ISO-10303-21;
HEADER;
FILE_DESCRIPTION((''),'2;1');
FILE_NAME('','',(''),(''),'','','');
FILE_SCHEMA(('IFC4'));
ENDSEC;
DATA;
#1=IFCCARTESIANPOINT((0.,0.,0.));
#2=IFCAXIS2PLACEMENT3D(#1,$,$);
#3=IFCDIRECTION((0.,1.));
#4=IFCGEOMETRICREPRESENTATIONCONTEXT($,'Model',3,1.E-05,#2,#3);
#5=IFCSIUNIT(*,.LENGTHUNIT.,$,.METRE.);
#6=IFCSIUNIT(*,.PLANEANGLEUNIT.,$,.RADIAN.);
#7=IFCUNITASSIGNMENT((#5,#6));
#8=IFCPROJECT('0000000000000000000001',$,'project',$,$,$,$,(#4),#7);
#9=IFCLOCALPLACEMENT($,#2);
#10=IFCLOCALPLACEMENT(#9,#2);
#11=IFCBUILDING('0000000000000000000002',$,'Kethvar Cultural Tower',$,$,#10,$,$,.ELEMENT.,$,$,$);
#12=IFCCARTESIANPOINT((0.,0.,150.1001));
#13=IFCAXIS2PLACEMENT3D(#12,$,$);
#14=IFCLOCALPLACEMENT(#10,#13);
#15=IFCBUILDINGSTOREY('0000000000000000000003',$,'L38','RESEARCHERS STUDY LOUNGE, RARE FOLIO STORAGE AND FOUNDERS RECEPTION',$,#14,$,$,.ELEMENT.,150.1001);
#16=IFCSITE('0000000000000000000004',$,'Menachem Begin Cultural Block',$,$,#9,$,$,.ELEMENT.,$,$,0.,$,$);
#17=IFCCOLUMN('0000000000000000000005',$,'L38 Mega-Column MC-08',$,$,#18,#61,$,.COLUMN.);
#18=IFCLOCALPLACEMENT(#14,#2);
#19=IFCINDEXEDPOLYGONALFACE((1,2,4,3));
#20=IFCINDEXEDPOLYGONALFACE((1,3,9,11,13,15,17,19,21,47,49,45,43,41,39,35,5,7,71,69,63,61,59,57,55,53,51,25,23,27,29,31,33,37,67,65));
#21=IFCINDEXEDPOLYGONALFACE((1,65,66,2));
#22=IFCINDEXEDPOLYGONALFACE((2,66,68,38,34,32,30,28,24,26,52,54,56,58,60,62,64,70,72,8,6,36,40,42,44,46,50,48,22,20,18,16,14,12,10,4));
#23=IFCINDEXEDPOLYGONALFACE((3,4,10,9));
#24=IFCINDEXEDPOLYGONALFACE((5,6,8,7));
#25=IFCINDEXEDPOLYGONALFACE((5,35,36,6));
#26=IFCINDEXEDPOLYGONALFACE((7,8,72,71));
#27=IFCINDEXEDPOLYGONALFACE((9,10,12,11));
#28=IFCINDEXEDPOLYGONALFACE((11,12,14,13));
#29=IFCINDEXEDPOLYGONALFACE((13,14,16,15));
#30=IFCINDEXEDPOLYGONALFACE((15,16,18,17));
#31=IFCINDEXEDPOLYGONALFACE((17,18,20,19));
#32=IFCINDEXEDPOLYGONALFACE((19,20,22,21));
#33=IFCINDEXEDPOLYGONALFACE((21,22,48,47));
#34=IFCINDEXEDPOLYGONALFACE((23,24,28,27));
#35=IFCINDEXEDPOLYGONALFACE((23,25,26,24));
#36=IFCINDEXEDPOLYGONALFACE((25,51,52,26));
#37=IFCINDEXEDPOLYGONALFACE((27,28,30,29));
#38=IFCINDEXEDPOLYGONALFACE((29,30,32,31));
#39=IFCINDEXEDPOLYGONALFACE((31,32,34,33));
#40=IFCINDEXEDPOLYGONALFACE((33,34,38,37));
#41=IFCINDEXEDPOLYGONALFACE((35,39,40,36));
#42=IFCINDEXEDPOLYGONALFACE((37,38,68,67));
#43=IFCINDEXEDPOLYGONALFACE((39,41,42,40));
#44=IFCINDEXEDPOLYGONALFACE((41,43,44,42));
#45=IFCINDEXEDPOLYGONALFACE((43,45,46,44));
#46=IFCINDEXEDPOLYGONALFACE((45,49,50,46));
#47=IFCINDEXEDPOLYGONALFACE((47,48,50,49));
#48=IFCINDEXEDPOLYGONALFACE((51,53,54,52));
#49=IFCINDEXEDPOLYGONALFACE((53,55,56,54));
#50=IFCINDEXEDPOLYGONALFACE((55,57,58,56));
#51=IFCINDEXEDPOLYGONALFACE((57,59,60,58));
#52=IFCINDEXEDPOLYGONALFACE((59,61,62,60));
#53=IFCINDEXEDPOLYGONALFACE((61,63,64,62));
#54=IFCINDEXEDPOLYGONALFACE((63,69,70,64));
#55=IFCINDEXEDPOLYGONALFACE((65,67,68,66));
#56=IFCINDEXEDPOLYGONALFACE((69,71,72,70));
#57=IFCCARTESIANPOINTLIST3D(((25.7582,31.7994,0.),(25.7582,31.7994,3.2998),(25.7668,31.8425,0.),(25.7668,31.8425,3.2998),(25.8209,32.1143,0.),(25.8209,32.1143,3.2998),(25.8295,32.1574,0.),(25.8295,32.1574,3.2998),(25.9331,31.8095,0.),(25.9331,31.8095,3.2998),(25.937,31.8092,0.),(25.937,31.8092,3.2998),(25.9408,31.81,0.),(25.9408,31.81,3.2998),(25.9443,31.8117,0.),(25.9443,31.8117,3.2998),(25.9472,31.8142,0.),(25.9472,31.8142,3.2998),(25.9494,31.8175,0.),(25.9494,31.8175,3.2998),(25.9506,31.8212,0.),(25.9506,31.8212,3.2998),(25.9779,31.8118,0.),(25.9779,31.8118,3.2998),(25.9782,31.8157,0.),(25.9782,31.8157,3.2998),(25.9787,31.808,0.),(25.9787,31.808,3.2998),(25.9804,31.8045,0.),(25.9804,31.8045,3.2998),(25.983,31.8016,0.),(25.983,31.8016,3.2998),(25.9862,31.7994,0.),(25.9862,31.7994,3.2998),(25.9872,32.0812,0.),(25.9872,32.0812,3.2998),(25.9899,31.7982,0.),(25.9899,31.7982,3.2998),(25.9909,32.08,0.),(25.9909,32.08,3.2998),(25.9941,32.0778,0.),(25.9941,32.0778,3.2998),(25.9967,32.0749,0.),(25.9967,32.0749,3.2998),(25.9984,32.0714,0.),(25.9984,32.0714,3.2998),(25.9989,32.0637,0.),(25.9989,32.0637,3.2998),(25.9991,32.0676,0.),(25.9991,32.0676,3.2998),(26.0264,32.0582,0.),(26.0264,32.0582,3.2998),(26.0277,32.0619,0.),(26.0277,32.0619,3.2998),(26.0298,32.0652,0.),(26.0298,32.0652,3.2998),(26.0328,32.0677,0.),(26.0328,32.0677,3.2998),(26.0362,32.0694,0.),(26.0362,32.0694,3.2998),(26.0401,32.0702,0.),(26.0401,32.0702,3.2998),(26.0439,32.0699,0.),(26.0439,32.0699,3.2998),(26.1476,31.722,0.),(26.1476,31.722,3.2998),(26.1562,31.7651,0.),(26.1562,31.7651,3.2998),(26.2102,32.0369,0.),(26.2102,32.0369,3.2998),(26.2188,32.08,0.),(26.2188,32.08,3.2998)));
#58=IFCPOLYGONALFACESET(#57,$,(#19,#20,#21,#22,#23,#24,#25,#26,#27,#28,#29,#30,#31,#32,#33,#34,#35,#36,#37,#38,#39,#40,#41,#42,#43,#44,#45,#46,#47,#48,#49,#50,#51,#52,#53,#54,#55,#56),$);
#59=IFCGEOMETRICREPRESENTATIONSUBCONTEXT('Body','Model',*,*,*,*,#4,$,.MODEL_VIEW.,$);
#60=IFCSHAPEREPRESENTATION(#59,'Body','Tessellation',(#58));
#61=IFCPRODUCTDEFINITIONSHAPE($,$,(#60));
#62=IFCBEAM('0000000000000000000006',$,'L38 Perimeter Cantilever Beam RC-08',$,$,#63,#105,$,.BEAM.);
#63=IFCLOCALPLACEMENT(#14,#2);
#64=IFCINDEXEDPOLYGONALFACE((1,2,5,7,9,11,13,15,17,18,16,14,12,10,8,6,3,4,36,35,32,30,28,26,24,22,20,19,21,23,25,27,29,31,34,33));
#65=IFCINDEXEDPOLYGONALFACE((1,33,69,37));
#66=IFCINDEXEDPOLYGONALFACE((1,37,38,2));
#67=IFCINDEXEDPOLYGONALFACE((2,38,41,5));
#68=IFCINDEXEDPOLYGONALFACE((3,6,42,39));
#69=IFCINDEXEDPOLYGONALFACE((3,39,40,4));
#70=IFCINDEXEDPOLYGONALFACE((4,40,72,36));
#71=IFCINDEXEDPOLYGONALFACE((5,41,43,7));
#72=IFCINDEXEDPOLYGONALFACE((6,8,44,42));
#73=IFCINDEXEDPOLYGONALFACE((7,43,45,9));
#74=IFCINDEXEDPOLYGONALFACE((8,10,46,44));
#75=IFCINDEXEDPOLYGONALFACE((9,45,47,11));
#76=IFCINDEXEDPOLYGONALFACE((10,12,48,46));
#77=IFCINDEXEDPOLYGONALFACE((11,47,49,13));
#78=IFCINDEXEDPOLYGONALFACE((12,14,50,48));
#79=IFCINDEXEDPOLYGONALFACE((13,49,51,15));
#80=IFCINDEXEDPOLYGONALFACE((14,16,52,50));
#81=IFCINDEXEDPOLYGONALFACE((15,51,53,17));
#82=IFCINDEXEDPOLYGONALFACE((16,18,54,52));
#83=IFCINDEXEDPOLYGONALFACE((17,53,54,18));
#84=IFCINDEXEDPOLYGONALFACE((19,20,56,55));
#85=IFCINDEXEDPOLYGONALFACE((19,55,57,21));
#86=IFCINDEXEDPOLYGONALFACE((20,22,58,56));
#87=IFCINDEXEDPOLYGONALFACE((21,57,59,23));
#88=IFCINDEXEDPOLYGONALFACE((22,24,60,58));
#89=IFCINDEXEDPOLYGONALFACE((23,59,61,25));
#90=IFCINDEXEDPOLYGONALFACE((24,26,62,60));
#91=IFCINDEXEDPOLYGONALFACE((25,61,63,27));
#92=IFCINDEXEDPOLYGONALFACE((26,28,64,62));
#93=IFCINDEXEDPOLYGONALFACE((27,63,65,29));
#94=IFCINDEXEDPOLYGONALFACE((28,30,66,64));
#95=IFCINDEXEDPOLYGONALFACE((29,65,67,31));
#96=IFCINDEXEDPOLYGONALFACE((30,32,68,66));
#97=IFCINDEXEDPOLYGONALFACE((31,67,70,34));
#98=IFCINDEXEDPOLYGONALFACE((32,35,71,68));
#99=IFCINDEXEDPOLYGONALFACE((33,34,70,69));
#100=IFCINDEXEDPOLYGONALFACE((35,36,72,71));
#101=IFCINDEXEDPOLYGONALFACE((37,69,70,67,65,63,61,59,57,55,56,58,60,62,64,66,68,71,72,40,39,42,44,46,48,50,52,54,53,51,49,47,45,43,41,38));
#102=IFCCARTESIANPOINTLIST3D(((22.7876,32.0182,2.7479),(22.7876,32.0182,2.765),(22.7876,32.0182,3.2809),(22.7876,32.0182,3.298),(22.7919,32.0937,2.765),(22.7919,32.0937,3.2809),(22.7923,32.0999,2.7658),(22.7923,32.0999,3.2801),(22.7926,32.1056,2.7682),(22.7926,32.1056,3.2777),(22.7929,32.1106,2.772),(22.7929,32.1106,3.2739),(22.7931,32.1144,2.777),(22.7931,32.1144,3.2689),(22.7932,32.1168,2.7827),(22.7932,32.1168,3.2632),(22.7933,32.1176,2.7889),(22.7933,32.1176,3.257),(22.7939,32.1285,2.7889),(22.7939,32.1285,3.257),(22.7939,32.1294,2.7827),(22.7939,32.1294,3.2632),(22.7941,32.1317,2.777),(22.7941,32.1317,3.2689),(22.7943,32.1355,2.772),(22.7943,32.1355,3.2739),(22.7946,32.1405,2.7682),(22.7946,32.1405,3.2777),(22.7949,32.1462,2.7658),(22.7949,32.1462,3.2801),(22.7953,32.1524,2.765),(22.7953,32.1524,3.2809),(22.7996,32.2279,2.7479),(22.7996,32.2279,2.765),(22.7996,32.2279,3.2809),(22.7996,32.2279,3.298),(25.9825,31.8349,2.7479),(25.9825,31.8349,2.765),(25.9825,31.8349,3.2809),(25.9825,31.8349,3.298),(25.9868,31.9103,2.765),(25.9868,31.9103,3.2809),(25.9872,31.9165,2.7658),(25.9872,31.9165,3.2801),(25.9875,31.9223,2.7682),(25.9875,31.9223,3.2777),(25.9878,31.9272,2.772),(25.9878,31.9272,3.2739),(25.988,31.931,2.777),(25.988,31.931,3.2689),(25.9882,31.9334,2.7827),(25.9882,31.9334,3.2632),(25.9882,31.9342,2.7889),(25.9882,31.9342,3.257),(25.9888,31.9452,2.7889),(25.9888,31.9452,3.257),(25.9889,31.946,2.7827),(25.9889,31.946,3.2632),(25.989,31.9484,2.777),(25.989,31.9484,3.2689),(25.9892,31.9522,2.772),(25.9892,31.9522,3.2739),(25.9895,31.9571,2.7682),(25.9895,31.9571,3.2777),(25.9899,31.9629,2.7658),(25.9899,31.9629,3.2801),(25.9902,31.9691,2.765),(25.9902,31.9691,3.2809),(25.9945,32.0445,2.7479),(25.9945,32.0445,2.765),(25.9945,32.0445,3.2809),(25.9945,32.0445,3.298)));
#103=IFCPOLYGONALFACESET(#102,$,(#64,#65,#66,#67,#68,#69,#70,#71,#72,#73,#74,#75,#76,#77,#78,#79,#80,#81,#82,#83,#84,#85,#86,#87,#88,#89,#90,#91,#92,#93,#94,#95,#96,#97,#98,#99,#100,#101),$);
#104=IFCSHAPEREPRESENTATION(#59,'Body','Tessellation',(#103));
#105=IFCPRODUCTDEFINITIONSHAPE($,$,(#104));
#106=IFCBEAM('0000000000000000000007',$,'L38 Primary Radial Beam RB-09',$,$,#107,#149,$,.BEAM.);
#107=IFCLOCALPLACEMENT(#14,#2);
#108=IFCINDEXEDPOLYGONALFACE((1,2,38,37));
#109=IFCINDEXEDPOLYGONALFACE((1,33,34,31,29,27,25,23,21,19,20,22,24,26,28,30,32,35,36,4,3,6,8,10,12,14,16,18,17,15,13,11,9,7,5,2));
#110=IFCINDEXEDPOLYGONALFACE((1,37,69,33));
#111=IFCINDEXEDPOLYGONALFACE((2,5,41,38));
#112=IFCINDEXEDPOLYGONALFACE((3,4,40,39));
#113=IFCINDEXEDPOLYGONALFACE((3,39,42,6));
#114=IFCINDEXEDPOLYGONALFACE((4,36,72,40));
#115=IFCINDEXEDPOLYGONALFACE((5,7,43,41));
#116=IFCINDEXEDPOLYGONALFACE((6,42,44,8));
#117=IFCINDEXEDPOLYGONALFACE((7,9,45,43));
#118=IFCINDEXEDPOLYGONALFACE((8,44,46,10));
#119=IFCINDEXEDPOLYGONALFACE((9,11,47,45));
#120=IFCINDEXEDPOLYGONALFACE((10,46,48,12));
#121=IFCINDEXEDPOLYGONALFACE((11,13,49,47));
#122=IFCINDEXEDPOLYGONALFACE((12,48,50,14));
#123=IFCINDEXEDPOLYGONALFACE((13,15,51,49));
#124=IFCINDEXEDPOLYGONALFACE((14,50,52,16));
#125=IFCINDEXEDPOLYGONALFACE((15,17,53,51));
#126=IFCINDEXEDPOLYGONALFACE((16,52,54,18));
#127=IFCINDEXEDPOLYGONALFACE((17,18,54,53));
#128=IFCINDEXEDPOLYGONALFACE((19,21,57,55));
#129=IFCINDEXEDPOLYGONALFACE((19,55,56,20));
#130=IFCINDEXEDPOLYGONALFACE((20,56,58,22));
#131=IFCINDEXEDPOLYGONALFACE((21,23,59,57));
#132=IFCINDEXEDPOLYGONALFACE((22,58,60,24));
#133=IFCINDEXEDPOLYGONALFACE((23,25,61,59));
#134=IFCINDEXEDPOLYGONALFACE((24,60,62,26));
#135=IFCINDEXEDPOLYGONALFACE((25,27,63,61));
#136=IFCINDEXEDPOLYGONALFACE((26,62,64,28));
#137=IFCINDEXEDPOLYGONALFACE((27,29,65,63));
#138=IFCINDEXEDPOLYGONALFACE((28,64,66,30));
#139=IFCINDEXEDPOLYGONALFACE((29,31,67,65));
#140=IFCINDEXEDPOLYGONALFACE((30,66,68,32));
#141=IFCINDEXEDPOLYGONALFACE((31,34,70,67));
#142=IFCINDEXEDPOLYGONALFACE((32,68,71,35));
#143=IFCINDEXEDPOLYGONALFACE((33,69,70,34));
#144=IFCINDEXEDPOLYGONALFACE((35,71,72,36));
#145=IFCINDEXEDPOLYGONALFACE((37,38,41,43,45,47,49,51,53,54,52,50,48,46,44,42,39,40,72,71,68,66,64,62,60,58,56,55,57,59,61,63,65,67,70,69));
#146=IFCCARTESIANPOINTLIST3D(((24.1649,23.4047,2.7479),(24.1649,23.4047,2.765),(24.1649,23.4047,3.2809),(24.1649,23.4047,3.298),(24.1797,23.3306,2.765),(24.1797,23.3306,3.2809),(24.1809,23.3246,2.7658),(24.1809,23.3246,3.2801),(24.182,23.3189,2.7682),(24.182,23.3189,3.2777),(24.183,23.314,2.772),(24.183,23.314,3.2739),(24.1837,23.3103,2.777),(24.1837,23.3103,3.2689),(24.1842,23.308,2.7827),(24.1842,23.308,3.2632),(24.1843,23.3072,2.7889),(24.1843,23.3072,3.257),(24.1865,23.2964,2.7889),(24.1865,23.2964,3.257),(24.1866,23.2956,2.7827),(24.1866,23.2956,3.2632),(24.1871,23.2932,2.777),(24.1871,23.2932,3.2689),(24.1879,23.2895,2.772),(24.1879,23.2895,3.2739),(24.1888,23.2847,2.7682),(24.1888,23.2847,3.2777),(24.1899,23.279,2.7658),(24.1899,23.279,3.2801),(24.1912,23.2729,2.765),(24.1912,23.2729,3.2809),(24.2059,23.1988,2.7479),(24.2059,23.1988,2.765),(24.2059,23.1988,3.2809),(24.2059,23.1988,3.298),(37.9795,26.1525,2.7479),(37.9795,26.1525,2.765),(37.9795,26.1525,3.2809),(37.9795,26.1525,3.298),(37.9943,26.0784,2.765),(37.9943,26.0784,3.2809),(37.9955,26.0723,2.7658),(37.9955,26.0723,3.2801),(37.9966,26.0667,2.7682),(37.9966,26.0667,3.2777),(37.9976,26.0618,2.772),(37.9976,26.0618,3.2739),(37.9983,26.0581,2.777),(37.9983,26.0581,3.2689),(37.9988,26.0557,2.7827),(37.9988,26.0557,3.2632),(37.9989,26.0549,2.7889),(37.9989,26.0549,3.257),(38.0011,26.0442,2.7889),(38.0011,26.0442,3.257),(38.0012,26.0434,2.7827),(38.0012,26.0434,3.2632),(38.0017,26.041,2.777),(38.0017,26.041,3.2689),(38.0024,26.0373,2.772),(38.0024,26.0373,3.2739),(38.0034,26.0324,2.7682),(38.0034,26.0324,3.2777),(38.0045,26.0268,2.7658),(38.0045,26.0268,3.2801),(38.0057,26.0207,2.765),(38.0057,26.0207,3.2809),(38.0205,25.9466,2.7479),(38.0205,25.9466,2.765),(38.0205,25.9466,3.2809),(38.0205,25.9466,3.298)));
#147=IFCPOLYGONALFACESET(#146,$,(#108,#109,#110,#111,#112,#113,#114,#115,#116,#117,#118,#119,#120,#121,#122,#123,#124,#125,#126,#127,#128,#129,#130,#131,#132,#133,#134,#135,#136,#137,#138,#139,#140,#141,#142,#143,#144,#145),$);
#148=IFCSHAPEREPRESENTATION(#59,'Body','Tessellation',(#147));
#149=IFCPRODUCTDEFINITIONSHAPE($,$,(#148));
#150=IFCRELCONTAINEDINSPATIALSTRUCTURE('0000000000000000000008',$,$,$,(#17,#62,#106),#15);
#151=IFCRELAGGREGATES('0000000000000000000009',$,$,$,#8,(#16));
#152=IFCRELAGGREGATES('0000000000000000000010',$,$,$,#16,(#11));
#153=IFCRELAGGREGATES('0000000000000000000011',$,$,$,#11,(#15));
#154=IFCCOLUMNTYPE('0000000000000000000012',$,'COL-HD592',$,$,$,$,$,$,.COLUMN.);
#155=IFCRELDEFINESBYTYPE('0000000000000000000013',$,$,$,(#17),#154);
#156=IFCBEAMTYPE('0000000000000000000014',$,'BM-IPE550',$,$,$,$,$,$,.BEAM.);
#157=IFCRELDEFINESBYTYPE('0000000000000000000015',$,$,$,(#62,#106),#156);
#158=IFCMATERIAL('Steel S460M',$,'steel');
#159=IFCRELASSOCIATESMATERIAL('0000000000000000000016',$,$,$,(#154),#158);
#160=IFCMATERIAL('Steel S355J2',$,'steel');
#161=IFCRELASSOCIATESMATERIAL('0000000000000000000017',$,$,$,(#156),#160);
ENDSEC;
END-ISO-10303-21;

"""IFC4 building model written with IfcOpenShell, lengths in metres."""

from ifc_helpers import new_model, si_unit, direction, frame, origin, origin_2d, place, context, subcontext, project, spatial, i_section, extrude, source, transform, mapped, material, material_profile, profile_set, type_object, element, save


model = new_model("IFC4")

# Units and contexts
model_context = context("Model", 3, precision=1e-05, world=origin(), true_north=direction((0.0, 1.0)))
body_context = subcontext(model_context, "Body", "Model", "MODEL_VIEW")
ifc_project = project(units=[si_unit("LENGTHUNIT", "METRE"), si_unit("PLANEANGLEUNIT", "RADIAN")], contexts=[model_context])

# Site, building, storey
site_placement = place(None, origin())
site = spatial("IfcSite", under=ifc_project, at=site_placement, Name="Menachem Begin Cultural Block", CompositionType="ELEMENT", RefElevation=0.0)
building_placement = place(site_placement, origin())
building = spatial("IfcBuilding", under=site, at=building_placement, Name="Kethvar Cultural Tower", CompositionType="ELEMENT")
storey_placement = place(building_placement, frame((0.0, 0.0, 150.1001)))
storey = spatial("IfcBuildingStorey", under=building, at=storey_placement, Name="L38", Description="RESEARCHERS STUDY LOUNGE, RARE FOLIO STORAGE AND FOUNDERS RECEPTION", CompositionType="ELEMENT", Elevation=150.1001)

# Column
ifc_material_1 = material(Name="Steel S460M", Category="steel")
ifc_material_profile_1 = material_profile(ifc_material_1, i_section(OverallWidth=0.397, OverallDepth=0.365, WebThickness=0.0281, FlangeThickness=0.0439, FilletRadius=0.0149, at=origin_2d()), Name="Steel S460M — HD400x592")
ifc_profile_set_1 = profile_set([ifc_material_profile_1], Name="Steel S460M — HD400x592")
column_type = type_object("IfcColumnType", Name="COL-HD592", PredefinedType="COLUMN", material=ifc_profile_set_1)
shared_shape_1 = source(origin(), body_context, "Body", "SweptSolid", [
    extrude(i_section(OverallWidth=0.397, OverallDepth=0.365, WebThickness=0.0281, FlangeThickness=0.0439, FilletRadius=0.0149, at=origin_2d()), origin(), (0.0, 0.0, 1.0), 3.2998),
])
column_placement = place(storey_placement, frame((25.9885, 31.9397, 0.0), z_axis=(0.0, 0.0, 1.0), x_axis=(-0.980785, 0.19509, 0.0)))
element("IfcColumn", 1, at=column_placement, inside=storey, type_object=column_type, Name="L38 Mega-Column MC-08", PredefinedType="COLUMN", context=body_context, shape_type="MappedRepresentation", body=[
    mapped(shared_shape_1, transform((0.0, 0.0, 0.0), scale=1.0)),
])

# Beams
ifc_material_2 = material(Name="Steel S355J2", Category="steel")
ifc_material_profile_2 = material_profile(ifc_material_2, i_section(OverallWidth=0.21, OverallDepth=0.55, WebThickness=0.011, FlangeThickness=0.0171, FilletRadius=0.0239, at=origin_2d()), Name="Steel S355J2 — IPE550")
ifc_profile_set_2 = profile_set([ifc_material_profile_2], Name="Steel S355J2 — IPE550")
beam_type_1 = type_object("IfcBeamType", Name="BM-IPE550", PredefinedType="BEAM", material=ifc_profile_set_2)
shared_shape_2 = source(origin(), body_context, "Body", "SweptSolid", [
    extrude(i_section(OverallWidth=0.21, OverallDepth=0.55, WebThickness=0.011, FlangeThickness=0.0171, FilletRadius=0.0239, at=origin_2d()), origin(), (0.0, 0.0, 1.0), 3.2002),
])
beam_1_placement = place(storey_placement, frame((25.9885, 31.9397, 3.0229), z_axis=(-0.998357, 0.057295, 0.0), x_axis=(-0.057295, -0.998357, 0.0)))
element("IfcBeam", 2, at=beam_1_placement, inside=storey, type_object=beam_type_1, Name="L38 Perimeter Cantilever Beam RC-08", PredefinedType="BEAM", context=body_context, shape_type="MappedRepresentation", body=[
    mapped(shared_shape_2, transform((0.0, 0.0, 0.0), scale=1.0)),
])
shared_shape_3 = source(origin(), body_context, "Body", "SweptSolid", [
    extrude(i_section(OverallWidth=0.21, OverallDepth=0.55, WebThickness=0.011, FlangeThickness=0.0171, FilletRadius=0.0239, at=origin_2d()), origin(), (0.0, 0.0, 1.0), 14.0852),
])
beam_2_placement = place(storey_placement, frame((38.0, 26.0496, 3.0229), z_axis=(-0.980787, -0.195083, 0.0), x_axis=(0.195083, -0.980787, 0.0)))
element("IfcBeam", 3, at=beam_2_placement, inside=storey, type_object=beam_type_1, Name="L38 Primary Radial Beam RB-09", PredefinedType="BEAM", context=body_context, shape_type="MappedRepresentation", body=[
    mapped(shared_shape_3, transform((0.0, 0.0, 0.0), scale=1.0)),
])

save(model, "model.ifc")
